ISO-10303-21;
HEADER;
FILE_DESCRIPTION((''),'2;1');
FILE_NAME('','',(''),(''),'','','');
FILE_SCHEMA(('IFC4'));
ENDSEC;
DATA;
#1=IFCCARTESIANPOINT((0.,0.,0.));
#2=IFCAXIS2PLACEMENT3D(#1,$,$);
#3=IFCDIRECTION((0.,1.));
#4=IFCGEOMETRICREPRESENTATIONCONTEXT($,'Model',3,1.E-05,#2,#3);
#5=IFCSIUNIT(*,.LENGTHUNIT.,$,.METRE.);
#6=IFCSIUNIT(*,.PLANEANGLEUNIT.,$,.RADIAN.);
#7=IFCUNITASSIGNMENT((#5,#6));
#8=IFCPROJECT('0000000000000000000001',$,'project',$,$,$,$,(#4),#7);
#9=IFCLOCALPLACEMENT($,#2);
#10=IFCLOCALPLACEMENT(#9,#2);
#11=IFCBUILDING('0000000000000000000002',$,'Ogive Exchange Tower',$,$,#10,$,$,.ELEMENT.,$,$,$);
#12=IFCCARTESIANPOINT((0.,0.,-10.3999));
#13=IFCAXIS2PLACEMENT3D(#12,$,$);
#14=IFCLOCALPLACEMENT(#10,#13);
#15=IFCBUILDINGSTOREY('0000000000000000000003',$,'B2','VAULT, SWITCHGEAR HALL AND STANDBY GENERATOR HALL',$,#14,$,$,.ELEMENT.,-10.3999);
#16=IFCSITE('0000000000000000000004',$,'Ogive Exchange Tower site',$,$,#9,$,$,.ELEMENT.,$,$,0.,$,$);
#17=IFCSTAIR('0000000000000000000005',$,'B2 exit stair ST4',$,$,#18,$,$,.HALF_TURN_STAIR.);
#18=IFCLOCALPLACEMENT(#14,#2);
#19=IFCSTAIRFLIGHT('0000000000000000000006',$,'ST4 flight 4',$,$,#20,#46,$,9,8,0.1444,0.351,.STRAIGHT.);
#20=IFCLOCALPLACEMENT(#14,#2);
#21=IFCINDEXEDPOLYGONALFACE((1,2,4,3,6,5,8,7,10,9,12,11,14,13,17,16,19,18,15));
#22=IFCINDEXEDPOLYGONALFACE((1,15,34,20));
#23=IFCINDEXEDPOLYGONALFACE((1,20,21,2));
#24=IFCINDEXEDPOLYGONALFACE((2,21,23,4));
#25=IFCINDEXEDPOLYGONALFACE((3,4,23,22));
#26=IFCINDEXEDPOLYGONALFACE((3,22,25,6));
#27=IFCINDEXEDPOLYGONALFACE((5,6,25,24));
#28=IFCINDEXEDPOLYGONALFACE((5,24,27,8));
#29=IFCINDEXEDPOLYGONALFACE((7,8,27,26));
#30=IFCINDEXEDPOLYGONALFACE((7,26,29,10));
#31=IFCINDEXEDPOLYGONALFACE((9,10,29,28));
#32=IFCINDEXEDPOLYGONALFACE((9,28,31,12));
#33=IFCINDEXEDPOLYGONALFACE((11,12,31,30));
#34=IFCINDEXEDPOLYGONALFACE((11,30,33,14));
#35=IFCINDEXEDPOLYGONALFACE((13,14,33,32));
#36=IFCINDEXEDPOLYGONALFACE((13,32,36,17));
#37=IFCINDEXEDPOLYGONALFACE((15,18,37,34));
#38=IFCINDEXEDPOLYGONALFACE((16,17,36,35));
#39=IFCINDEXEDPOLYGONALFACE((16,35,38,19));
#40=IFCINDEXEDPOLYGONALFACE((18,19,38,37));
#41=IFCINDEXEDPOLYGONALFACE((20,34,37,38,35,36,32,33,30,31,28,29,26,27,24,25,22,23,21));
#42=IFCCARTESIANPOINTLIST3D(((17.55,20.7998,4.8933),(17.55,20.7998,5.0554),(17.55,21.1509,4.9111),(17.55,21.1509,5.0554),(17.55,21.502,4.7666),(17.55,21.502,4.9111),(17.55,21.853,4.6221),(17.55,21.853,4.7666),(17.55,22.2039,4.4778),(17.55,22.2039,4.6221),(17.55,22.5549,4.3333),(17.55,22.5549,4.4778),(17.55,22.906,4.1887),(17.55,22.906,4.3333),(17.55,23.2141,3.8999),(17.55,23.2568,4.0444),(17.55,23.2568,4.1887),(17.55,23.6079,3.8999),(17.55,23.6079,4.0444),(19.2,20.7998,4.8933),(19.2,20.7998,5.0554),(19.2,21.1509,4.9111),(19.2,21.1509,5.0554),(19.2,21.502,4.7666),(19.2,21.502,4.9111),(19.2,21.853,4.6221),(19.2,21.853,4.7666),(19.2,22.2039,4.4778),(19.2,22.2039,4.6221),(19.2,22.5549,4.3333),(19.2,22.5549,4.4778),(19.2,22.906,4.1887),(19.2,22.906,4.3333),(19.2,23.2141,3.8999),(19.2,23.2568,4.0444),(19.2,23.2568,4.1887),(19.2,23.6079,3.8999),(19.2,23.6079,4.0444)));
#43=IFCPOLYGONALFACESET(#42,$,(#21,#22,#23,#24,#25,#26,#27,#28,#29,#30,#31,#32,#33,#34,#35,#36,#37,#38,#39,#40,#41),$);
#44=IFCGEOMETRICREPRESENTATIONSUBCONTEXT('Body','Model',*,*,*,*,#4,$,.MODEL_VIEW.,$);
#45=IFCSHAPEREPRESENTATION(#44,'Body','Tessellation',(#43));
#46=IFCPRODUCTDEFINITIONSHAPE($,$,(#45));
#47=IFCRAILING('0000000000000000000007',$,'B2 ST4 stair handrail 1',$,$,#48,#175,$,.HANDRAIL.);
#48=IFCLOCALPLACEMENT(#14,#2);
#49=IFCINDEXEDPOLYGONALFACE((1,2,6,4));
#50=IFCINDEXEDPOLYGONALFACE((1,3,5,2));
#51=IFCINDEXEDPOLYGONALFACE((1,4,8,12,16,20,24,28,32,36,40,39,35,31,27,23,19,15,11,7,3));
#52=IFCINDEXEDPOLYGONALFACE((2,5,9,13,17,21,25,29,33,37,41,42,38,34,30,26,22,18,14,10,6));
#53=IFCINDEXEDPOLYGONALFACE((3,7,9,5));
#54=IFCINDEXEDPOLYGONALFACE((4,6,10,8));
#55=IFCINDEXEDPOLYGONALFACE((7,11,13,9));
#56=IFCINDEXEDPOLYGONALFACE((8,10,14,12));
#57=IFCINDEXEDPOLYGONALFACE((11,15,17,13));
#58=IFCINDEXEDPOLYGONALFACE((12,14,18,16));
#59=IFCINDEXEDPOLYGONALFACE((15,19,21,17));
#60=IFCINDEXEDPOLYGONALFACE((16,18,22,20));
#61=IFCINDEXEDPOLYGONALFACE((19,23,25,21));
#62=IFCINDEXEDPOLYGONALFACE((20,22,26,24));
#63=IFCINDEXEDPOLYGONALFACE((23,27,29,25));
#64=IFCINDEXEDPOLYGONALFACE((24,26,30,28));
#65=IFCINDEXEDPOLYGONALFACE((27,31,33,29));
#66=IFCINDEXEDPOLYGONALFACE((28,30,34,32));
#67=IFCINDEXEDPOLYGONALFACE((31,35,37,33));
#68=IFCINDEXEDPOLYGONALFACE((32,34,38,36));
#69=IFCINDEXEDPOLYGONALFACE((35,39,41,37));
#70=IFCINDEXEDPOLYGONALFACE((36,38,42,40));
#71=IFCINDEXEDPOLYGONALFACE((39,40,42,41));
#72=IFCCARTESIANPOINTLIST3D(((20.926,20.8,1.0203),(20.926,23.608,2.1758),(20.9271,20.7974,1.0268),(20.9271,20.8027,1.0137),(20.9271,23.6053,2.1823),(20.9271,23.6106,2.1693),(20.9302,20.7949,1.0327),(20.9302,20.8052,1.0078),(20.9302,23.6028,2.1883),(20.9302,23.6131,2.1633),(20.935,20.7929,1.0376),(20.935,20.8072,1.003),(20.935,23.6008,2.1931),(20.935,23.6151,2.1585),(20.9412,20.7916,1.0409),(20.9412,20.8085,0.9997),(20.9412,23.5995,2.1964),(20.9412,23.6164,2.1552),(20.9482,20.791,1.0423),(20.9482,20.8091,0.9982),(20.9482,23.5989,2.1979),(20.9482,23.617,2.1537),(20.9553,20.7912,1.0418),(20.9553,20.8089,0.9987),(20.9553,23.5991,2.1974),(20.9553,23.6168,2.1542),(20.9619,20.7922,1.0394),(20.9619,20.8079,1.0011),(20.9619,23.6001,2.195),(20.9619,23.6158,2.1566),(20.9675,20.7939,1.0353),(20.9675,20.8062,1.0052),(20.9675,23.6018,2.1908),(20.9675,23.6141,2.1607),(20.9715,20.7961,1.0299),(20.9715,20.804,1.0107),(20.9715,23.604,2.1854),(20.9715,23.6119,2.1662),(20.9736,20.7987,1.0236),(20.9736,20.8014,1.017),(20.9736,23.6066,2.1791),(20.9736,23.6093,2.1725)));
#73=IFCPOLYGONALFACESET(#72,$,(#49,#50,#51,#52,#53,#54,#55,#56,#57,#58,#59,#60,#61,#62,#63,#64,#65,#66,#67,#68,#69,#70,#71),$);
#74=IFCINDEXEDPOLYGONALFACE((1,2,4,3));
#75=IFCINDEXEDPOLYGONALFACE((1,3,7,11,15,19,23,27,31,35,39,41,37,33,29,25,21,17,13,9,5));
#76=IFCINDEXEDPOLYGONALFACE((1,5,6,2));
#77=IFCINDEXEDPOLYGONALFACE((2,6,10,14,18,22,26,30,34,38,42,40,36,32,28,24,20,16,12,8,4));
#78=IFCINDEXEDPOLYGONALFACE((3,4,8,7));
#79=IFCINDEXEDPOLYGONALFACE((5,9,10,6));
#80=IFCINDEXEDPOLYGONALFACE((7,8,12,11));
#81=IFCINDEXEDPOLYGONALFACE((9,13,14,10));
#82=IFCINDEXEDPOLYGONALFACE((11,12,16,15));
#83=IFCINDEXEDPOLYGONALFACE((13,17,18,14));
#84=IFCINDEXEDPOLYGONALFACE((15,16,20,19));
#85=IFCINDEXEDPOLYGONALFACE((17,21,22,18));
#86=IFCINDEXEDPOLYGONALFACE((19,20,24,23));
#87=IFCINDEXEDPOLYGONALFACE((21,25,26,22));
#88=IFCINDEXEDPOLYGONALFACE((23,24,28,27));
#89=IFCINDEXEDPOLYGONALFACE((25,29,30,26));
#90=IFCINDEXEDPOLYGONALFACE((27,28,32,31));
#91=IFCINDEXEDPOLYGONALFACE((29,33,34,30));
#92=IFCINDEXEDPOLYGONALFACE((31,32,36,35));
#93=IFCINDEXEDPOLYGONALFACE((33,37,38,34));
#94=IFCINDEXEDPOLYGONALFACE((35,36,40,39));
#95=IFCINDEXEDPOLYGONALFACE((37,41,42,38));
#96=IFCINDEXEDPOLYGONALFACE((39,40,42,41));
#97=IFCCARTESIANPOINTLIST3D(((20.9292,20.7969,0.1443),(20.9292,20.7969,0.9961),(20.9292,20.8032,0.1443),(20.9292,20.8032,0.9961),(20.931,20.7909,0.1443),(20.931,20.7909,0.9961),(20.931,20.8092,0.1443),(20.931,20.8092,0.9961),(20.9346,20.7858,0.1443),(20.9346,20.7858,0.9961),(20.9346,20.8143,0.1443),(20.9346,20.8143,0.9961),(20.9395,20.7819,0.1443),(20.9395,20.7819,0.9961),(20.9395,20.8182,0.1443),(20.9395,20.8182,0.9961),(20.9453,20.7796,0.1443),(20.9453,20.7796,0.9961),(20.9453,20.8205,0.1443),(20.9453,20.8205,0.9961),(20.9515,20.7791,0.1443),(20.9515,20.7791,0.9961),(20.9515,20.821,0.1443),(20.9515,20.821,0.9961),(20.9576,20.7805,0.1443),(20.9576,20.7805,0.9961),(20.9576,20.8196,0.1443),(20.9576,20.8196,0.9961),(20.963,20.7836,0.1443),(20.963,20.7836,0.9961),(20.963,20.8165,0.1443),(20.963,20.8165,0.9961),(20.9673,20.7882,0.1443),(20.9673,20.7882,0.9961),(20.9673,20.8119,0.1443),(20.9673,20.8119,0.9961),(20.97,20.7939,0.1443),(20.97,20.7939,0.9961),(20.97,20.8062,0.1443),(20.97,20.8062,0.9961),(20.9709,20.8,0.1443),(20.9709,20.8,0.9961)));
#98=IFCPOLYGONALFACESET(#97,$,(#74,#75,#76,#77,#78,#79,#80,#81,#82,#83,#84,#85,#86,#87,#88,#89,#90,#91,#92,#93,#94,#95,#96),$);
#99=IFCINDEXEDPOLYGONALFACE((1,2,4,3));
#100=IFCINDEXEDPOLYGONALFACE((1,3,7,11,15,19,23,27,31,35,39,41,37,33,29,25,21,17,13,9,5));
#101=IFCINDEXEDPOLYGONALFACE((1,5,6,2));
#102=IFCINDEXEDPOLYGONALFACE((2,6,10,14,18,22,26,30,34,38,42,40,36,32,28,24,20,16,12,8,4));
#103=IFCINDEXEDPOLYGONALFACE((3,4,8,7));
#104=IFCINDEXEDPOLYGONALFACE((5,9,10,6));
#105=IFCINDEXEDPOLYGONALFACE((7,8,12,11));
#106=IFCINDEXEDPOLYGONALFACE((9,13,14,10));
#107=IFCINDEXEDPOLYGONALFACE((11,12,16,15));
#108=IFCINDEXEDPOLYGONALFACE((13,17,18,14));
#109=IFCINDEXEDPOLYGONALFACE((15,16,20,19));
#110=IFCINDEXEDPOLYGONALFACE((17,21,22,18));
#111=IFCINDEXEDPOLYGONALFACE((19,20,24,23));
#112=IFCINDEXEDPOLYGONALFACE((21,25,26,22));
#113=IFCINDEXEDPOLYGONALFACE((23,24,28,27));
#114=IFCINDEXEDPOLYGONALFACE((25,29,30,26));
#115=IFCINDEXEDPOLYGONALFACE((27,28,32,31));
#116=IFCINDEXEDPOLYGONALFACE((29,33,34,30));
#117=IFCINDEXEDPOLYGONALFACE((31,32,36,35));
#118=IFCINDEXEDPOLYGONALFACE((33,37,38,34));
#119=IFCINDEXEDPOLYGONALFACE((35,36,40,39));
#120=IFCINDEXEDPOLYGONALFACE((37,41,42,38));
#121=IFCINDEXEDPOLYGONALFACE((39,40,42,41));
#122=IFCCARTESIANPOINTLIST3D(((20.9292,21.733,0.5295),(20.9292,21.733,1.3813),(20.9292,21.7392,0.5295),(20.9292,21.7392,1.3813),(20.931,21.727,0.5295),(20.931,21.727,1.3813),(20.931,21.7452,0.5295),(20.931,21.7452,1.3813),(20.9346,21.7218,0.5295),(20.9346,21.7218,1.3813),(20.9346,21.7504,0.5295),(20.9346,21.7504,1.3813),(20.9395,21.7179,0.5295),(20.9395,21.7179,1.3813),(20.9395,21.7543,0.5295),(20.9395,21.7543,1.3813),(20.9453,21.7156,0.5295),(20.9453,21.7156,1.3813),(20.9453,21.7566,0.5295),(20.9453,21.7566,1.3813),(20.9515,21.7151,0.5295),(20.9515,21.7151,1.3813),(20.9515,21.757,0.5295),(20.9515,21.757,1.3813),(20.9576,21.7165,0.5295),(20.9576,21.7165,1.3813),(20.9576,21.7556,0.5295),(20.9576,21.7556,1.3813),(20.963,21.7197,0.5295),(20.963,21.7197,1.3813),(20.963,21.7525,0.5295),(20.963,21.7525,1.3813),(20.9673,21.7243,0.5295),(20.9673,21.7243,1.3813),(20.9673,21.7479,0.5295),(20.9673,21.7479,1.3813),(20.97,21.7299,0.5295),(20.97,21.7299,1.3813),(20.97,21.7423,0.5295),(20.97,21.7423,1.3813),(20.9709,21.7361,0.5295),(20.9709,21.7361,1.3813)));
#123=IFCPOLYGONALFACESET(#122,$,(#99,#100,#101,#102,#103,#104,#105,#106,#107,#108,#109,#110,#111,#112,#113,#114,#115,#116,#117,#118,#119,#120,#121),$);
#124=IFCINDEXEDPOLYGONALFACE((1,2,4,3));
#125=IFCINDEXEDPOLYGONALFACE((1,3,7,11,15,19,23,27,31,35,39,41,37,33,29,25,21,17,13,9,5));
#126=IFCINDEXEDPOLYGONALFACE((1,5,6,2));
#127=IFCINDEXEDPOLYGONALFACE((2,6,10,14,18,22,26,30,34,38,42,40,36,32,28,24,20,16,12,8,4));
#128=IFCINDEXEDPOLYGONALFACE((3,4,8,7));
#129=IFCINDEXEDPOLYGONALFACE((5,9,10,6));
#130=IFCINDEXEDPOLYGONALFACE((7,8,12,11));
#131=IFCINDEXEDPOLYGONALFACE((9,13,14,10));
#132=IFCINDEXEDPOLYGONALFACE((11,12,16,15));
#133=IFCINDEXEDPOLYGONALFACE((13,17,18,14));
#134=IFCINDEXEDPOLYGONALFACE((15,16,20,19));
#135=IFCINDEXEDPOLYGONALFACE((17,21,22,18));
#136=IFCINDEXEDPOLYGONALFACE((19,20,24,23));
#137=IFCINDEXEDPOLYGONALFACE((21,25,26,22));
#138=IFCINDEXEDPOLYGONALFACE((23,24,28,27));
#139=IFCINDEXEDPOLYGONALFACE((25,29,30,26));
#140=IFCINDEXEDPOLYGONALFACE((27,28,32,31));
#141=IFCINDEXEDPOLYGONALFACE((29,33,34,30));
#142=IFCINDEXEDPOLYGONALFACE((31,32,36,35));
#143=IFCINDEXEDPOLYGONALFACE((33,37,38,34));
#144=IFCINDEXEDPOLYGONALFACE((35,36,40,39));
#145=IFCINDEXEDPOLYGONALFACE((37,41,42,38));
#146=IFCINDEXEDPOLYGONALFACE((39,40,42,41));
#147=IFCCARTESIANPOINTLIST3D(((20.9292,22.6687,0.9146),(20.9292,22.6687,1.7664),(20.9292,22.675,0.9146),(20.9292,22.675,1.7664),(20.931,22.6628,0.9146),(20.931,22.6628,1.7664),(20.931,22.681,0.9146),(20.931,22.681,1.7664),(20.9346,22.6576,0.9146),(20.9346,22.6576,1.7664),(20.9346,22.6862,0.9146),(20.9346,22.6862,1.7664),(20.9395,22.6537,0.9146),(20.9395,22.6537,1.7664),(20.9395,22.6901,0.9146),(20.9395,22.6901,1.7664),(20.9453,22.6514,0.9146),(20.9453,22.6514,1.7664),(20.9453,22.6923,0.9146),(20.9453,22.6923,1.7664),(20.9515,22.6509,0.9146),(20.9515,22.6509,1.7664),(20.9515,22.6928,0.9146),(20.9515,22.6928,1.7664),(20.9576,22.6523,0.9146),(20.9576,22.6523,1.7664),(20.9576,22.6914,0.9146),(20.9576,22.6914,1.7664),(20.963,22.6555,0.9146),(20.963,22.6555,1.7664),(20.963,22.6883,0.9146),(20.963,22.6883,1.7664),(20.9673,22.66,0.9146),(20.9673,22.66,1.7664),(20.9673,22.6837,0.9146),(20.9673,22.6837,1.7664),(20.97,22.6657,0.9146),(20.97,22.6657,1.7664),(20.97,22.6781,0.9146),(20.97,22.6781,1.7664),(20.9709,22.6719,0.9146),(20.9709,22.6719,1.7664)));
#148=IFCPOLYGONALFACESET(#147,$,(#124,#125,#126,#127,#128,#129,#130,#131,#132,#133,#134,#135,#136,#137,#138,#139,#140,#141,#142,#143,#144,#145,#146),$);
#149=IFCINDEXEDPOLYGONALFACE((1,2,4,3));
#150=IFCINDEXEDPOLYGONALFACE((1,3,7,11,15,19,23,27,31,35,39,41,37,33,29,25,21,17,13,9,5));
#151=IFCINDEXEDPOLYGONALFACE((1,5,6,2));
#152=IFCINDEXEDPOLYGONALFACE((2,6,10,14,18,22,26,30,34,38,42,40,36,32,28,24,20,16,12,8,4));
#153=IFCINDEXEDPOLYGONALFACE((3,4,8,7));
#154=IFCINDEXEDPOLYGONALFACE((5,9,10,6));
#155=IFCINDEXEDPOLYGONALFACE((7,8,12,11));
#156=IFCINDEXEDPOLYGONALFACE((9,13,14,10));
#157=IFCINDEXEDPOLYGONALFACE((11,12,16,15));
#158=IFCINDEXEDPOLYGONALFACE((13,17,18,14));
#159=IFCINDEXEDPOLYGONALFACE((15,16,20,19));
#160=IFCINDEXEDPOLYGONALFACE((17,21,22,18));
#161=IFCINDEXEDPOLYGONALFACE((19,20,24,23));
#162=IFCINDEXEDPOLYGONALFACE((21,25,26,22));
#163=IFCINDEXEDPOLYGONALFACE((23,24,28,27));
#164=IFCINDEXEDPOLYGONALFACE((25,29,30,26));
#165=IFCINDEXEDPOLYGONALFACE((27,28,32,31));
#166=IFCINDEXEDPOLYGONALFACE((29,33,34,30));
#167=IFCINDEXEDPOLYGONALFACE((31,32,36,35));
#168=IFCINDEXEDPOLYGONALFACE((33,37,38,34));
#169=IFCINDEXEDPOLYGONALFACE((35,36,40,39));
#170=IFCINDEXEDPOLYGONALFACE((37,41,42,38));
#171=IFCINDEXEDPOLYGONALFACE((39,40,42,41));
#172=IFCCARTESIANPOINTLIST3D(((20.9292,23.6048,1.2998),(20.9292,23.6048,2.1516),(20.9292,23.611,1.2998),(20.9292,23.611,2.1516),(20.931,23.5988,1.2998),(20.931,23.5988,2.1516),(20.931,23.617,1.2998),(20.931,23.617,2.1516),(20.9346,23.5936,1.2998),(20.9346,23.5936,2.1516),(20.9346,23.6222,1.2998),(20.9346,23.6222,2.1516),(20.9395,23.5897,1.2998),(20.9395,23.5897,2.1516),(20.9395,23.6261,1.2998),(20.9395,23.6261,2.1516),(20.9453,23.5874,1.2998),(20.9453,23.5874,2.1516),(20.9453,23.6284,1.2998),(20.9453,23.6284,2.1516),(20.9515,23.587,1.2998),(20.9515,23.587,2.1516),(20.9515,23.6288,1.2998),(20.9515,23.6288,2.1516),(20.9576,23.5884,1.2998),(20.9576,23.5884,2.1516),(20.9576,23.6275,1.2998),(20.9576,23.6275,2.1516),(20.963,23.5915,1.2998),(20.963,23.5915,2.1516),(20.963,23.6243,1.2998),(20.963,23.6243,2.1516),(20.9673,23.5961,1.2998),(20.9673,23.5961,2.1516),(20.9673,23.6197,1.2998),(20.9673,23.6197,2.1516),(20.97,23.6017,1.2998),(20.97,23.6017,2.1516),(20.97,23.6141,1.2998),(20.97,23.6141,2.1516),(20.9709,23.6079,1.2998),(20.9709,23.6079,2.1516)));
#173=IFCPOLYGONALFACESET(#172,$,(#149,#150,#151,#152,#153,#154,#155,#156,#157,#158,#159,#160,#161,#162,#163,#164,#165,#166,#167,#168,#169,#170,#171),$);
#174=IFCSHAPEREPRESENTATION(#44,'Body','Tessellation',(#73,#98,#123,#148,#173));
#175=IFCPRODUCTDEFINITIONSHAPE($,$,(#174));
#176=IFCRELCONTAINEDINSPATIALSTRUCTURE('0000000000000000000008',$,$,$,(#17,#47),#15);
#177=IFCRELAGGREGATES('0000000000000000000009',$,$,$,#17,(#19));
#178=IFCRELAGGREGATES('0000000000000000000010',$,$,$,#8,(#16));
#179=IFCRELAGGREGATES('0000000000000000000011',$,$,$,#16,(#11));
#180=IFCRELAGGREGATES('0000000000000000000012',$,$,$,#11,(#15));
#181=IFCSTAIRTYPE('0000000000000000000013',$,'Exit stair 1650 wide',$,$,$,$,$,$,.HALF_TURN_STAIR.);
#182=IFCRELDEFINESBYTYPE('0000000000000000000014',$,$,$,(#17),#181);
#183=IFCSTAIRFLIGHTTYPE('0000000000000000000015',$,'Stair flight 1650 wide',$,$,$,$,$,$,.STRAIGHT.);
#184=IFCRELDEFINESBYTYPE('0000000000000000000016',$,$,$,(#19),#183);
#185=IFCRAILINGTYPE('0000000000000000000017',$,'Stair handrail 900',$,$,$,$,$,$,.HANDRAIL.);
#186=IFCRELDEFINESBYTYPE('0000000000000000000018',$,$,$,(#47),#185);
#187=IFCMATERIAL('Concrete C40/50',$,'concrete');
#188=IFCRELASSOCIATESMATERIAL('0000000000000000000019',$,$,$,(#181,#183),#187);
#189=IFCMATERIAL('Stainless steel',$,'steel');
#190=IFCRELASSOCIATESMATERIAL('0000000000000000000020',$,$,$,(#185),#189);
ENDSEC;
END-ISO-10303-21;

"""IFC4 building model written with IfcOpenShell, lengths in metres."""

from ifc_helpers import new_model, si_unit, direction, frame, origin, origin_2d, place, context, subcontext, project, spatial, polyline, circle, outline, extrude, material, type_object, element, aggregate, save


model = new_model("IFC4")

# Units and contexts
model_context = context("Model", 3, precision=1e-05, world=origin(), true_north=direction((0.0, 1.0)))
body_context = subcontext(model_context, "Body", "Model", "MODEL_VIEW")
ifc_project = project(units=[si_unit("LENGTHUNIT", "METRE"), si_unit("PLANEANGLEUNIT", "RADIAN")], contexts=[model_context])

# Site, building, storey
site_placement = place(None, origin())
site = spatial("IfcSite", under=ifc_project, at=site_placement, Name="Ogive Exchange Tower site", CompositionType="ELEMENT", RefElevation=0.0)
building_placement = place(site_placement, origin())
building = spatial("IfcBuilding", under=site, at=building_placement, Name="Ogive Exchange Tower", CompositionType="ELEMENT")
storey_placement = place(building_placement, frame((0.0, 0.0, -10.3999)))
storey = spatial("IfcBuildingStorey", under=building, at=storey_placement, Name="B2", Description="VAULT, SWITCHGEAR HALL AND STANDBY GENERATOR HALL", CompositionType="ELEMENT", Elevation=-10.3999)

# Shared definitions
ifc_material_1 = material(Name="Concrete C40/50", Category="concrete")

# Stair, stair flight
stair_type = type_object("IfcStairType", Name="Exit stair 1650 wide", PredefinedType="HALF_TURN_STAIR", material=ifc_material_1)
stair_placement = place(storey_placement, origin())
stair = element("IfcStair", 1, at=stair_placement, inside=storey, type_object=stair_type, Name="B2 exit stair ST4", PredefinedType="HALF_TURN_STAIR")
stair_flight_type = type_object("IfcStairFlightType", Name="Stair flight 1650 wide", PredefinedType="STRAIGHT", material=ifc_material_1)
stair_flight_1_placement = place(storey_placement, frame((18.375, 23.6079, 3.8999), z_axis=(0.0, 0.0, 1.0), x_axis=(0.0, -1.0, 0.0)))
stair_flight_1 = element("IfcStairFlight", 2, at=stair_flight_1_placement, type_object=stair_flight_type, Name="ST4 flight 4", NumberOfRisers=9, NumberOfTreads=8, PredefinedType="STRAIGHT", RiserHeight=0.1444, TreadLength=0.351, context=body_context, shape_type="SweptSolid", body=[
    extrude(outline(polyline([(0.0, 0.0), (0.0, 0.1445), (0.3511, 0.1445), (0.3511, 0.2888), (0.7019, 0.2888), (0.7019, 0.4333), (1.053, 0.4333), (1.053, 0.5779), (1.4041, 0.5779), (1.4041, 0.7222), (1.7549, 0.7222), (1.7549, 0.8667), (2.106, 0.8667), (2.106, 1.0112), (2.457, 1.0112), (2.457, 1.1555), (2.8081, 1.1555), (2.8081, 1.3), (2.8081, 0.9934), (0.3938, 0.0), (0.0, 0.0)])), frame((0.0, 0.825, 0.0), z_axis=(0.0, -1.0, 0.0), x_axis=(1.0, 0.0, 0.0)), (0.0, 0.0, 1.0), 1.6499),
])
aggregate(stair, [stair_flight_1])

# Railing
ifc_material_2 = material(Name="Stainless steel", Category="steel")
railing_type = type_object("IfcRailingType", Name="Stair handrail 900", PredefinedType="HANDRAIL", material=ifc_material_2)
railing_1_placement = place(storey_placement, frame((20.95, 20.8, 0.1443)))
element("IfcRailing", 3, at=railing_1_placement, inside=storey, type_object=railing_type, Name="B2 ST4 stair handrail 1", PredefinedType="HANDRAIL", context=body_context, shape_type="SweptSolid", body=[
    extrude(circle(Radius=0.0239, at=origin_2d()), frame((0.0, 0.0, 0.876), z_axis=(0.0, 0.924755, 0.380564), x_axis=(-1.0, 0.0, 0.0)), (0.0, 0.0, 1.0), 3.0364),
    extrude(circle(Radius=0.021, at=origin_2d()), origin(), (0.0, 0.0, 1.0), 0.8518),
    extrude(circle(Radius=0.021, at=origin_2d()), frame((0.0, 0.936, 0.3853)), (0.0, 0.0, 1.0), 0.8518),
    extrude(circle(Radius=0.021, at=origin_2d()), frame((0.0, 1.8718, 0.7703)), (0.0, 0.0, 1.0), 0.8518),
    extrude(circle(Radius=0.021, at=origin_2d()), frame((0.0, 2.8079, 1.1555)), (0.0, 0.0, 1.0), 0.8518),
])

save(model, "model.ifc")
